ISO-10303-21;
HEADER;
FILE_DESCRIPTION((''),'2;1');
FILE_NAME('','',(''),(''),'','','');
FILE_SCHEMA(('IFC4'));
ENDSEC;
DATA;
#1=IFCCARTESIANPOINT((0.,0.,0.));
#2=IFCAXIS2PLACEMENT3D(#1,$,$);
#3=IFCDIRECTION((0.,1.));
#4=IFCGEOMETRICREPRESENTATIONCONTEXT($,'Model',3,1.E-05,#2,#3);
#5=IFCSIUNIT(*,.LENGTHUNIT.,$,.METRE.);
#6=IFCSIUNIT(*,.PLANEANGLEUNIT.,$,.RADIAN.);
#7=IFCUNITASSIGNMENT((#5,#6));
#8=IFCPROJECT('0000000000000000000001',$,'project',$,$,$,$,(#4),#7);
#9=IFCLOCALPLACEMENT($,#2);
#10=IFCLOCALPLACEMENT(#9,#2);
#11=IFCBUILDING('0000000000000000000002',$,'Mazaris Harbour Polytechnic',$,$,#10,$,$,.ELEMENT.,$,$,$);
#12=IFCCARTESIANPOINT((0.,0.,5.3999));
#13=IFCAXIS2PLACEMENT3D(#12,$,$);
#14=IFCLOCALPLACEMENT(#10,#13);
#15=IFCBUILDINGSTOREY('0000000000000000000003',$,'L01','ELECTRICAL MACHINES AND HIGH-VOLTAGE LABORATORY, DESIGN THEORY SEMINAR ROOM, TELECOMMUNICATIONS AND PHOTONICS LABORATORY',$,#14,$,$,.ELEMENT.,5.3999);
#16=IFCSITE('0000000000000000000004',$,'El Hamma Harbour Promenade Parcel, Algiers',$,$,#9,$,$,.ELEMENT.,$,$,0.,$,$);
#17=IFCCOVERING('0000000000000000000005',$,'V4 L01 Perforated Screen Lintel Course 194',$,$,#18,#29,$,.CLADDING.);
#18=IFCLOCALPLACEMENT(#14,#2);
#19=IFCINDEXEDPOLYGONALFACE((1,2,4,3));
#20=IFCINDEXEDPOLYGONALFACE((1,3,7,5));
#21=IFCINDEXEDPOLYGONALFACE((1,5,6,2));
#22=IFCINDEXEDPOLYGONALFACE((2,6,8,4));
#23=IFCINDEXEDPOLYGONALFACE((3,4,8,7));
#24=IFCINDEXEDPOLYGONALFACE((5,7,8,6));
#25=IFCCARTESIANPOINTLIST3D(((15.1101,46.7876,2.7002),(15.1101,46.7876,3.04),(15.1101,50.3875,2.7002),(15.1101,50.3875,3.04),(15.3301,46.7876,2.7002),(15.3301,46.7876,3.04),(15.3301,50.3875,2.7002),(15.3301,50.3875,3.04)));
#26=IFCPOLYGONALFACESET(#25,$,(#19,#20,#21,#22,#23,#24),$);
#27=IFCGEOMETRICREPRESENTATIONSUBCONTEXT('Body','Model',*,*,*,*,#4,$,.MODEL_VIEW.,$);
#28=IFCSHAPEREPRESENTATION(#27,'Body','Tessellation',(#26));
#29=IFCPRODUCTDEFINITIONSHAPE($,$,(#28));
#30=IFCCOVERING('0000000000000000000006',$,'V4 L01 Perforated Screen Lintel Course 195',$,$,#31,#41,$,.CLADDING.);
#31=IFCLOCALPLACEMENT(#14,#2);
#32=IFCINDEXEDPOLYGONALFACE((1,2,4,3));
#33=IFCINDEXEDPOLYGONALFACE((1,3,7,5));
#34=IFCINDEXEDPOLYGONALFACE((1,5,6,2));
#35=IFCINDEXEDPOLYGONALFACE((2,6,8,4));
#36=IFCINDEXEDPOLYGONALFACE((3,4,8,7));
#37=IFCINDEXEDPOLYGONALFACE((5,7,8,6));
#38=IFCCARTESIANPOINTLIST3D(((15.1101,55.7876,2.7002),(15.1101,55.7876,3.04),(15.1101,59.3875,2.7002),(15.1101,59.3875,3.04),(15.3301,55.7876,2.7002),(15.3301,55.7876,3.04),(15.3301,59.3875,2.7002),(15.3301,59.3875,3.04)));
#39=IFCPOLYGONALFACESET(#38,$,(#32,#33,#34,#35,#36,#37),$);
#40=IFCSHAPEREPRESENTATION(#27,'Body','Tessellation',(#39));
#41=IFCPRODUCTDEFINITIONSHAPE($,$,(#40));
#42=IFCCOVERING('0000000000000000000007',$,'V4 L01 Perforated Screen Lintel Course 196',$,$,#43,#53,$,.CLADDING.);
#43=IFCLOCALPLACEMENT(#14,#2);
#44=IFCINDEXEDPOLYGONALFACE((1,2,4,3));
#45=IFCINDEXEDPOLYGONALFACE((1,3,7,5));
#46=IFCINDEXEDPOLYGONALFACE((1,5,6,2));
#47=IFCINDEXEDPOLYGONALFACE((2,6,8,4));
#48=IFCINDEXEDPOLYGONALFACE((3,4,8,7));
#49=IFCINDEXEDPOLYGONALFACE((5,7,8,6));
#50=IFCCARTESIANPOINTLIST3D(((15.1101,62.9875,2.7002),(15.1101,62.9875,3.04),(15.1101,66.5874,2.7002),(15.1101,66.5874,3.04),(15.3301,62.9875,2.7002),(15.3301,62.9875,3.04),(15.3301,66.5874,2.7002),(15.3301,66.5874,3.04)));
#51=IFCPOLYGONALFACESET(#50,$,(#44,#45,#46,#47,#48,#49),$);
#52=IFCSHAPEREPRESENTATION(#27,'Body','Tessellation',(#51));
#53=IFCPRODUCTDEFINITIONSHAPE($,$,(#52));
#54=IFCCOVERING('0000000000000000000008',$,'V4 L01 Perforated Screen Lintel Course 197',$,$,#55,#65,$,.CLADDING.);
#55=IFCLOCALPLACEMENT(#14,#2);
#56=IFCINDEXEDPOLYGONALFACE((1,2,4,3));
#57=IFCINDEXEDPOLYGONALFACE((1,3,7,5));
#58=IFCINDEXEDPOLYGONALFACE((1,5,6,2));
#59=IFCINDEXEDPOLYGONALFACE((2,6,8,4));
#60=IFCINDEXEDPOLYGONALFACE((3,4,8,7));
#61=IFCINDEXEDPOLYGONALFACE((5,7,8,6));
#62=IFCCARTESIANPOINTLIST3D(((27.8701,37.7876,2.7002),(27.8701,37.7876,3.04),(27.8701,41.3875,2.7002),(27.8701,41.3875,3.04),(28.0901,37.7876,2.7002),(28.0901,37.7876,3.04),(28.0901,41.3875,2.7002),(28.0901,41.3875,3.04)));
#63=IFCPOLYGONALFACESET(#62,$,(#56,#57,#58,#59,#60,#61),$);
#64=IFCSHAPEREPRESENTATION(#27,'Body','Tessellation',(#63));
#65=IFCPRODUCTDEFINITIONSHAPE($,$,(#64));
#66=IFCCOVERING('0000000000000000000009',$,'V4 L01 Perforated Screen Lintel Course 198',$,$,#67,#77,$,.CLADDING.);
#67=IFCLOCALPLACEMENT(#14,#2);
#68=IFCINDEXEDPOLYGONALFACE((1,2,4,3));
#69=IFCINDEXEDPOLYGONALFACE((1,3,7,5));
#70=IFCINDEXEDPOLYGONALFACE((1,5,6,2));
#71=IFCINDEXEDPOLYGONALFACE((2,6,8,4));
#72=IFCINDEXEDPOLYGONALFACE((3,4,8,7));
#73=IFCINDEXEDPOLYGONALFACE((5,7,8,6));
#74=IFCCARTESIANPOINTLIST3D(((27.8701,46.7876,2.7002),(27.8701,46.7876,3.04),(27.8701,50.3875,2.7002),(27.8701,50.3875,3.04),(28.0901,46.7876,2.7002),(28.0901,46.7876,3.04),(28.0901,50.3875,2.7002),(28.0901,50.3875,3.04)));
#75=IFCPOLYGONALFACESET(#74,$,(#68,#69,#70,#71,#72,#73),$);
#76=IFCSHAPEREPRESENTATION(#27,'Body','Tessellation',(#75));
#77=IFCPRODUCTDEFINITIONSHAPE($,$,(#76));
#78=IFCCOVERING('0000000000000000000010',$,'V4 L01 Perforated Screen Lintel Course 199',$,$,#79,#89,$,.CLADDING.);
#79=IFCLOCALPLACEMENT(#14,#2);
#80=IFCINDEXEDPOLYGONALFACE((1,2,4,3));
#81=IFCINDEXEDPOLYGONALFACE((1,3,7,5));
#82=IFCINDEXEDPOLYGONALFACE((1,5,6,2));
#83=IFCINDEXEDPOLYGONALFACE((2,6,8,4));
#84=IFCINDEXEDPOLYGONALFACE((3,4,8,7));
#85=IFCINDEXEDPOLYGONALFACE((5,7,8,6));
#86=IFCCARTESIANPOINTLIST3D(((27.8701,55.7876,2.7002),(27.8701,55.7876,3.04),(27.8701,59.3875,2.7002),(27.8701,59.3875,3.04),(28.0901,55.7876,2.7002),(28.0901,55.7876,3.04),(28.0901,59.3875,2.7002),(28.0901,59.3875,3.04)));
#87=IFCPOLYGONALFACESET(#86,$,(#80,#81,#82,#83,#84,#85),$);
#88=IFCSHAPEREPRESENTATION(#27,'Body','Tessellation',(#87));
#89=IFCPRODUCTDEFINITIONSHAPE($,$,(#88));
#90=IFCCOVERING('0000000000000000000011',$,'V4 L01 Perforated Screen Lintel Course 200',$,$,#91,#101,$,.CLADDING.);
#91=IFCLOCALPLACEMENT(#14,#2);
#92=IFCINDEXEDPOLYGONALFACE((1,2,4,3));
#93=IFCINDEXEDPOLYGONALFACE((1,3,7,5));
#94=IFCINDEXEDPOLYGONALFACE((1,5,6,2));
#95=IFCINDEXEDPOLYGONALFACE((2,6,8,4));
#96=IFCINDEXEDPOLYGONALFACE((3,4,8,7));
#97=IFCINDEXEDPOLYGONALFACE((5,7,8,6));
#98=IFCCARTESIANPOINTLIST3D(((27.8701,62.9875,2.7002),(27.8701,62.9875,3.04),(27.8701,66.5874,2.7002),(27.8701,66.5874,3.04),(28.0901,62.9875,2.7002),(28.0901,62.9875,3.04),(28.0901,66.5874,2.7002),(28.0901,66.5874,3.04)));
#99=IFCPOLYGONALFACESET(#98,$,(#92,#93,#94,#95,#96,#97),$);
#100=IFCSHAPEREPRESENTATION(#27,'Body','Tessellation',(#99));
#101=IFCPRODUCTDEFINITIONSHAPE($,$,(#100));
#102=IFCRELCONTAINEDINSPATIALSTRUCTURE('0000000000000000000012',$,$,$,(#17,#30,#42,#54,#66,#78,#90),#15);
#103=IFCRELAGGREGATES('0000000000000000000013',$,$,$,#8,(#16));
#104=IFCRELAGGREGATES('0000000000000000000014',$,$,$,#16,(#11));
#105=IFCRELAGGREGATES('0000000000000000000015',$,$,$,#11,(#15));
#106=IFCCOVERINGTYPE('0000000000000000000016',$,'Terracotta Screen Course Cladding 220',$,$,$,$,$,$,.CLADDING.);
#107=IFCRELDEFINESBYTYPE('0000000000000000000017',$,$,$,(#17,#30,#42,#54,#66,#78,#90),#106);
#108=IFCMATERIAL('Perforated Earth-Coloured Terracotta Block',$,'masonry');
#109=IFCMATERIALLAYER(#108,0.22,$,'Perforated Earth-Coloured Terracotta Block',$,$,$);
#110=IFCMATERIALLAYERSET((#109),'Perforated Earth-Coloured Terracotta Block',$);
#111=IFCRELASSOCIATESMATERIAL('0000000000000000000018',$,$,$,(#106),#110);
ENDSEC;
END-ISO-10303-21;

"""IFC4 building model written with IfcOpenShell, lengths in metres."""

from ifc_helpers import new_model, si_unit, direction, frame, origin, place, context, subcontext, project, spatial, polyline, outline, extrude, material, layer, layer_set, type_object, element, save


model = new_model("IFC4")

# Units and contexts
model_context = context("Model", 3, precision=1e-05, world=origin(), true_north=direction((0.0, 1.0)))
body_context = subcontext(model_context, "Body", "Model", "MODEL_VIEW")
ifc_project = project(units=[si_unit("LENGTHUNIT", "METRE"), si_unit("PLANEANGLEUNIT", "RADIAN")], contexts=[model_context])

# Site, building, storey
site_placement = place(None, origin())
site = spatial("IfcSite", under=ifc_project, at=site_placement, Name="El Hamma Harbour Promenade Parcel, Algiers", CompositionType="ELEMENT", RefElevation=0.0)
building_placement = place(site_placement, origin())
building = spatial("IfcBuilding", under=site, at=building_placement, Name="Mazaris Harbour Polytechnic", CompositionType="ELEMENT")
storey_placement = place(building_placement, frame((0.0, 0.0, 5.3999)))
storey = spatial("IfcBuildingStorey", under=building, at=storey_placement, Name="L01", Description="ELECTRICAL MACHINES AND HIGH-VOLTAGE LABORATORY, DESIGN THEORY SEMINAR ROOM, TELECOMMUNICATIONS AND PHOTONICS LABORATORY", CompositionType="ELEMENT", Elevation=5.3999)

# Coverings
ifc_material = material(Name="Perforated Earth-Coloured Terracotta Block", Category="masonry")
ifc_layer = layer(ifc_material, 0.22, Name="Perforated Earth-Coloured Terracotta Block")
ifc_layer_set = layer_set([ifc_layer], Name="Perforated Earth-Coloured Terracotta Block")
covering_type = type_object("IfcCoveringType", Name="Terracotta Screen Course Cladding 220", PredefinedType="CLADDING", material=ifc_layer_set)
covering_1_placement = place(storey_placement, frame((0.0, 0.0, 2.7002)))
element("IfcCovering", 1, at=covering_1_placement, inside=storey, type_object=covering_type, Name="V4 L01 Perforated Screen Lintel Course 194", PredefinedType="CLADDING", context=body_context, shape_type="SweptSolid", body=[
    extrude(outline(polyline([(15.1101, 46.7876), (15.1101, 50.3875), (15.3301, 50.3875), (15.3301, 46.7876), (15.1101, 46.7876)])), origin(), (0.0, 0.0, 1.0), 0.3398),
])
covering_2_placement = place(storey_placement, frame((0.0, 0.0, 2.7002)))
element("IfcCovering", 2, at=covering_2_placement, inside=storey, type_object=covering_type, Name="V4 L01 Perforated Screen Lintel Course 195", PredefinedType="CLADDING", context=body_context, shape_type="SweptSolid", body=[
    extrude(outline(polyline([(15.1101, 55.7876), (15.1101, 59.3875), (15.3301, 59.3875), (15.3301, 55.7876), (15.1101, 55.7876)])), origin(), (0.0, 0.0, 1.0), 0.3398),
])
covering_3_placement = place(storey_placement, frame((0.0, 0.0, 2.7002)))
element("IfcCovering", 3, at=covering_3_placement, inside=storey, type_object=covering_type, Name="V4 L01 Perforated Screen Lintel Course 196", PredefinedType="CLADDING", context=body_context, shape_type="SweptSolid", body=[
    extrude(outline(polyline([(15.1101, 62.9875), (15.1101, 66.5874), (15.3301, 66.5874), (15.3301, 62.9875), (15.1101, 62.9875)])), origin(), (0.0, 0.0, 1.0), 0.3398),
])
covering_4_placement = place(storey_placement, frame((0.0, 0.0, 2.7002)))
element("IfcCovering", 4, at=covering_4_placement, inside=storey, type_object=covering_type, Name="V4 L01 Perforated Screen Lintel Course 197", PredefinedType="CLADDING", context=body_context, shape_type="SweptSolid", body=[
    extrude(outline(polyline([(28.0901, 41.3875), (28.0901, 37.7876), (27.8701, 37.7876), (27.8701, 41.3875), (28.0901, 41.3875)])), origin(), (0.0, 0.0, 1.0), 0.3398),
])
covering_5_placement = place(storey_placement, frame((0.0, 0.0, 2.7002)))
element("IfcCovering", 5, at=covering_5_placement, inside=storey, type_object=covering_type, Name="V4 L01 Perforated Screen Lintel Course 198", PredefinedType="CLADDING", context=body_context, shape_type="SweptSolid", body=[
    extrude(outline(polyline([(28.0901, 50.3875), (28.0901, 46.7876), (27.8701, 46.7876), (27.8701, 50.3875), (28.0901, 50.3875)])), origin(), (0.0, 0.0, 1.0), 0.3398),
])
covering_6_placement = place(storey_placement, frame((0.0, 0.0, 2.7002)))
element("IfcCovering", 6, at=covering_6_placement, inside=storey, type_object=covering_type, Name="V4 L01 Perforated Screen Lintel Course 199", PredefinedType="CLADDING", context=body_context, shape_type="SweptSolid", body=[
    extrude(outline(polyline([(28.0901, 59.3875), (28.0901, 55.7876), (27.8701, 55.7876), (27.8701, 59.3875), (28.0901, 59.3875)])), origin(), (0.0, 0.0, 1.0), 0.3398),
])
covering_7_placement = place(storey_placement, frame((0.0, 0.0, 2.7002)))
element("IfcCovering", 7, at=covering_7_placement, inside=storey, type_object=covering_type, Name="V4 L01 Perforated Screen Lintel Course 200", PredefinedType="CLADDING", context=body_context, shape_type="SweptSolid", body=[
    extrude(outline(polyline([(28.0901, 66.5874), (28.0901, 62.9875), (27.8701, 62.9875), (27.8701, 66.5874), (28.0901, 66.5874)])), origin(), (0.0, 0.0, 1.0), 0.3398),
])

save(model, "model.ifc")
